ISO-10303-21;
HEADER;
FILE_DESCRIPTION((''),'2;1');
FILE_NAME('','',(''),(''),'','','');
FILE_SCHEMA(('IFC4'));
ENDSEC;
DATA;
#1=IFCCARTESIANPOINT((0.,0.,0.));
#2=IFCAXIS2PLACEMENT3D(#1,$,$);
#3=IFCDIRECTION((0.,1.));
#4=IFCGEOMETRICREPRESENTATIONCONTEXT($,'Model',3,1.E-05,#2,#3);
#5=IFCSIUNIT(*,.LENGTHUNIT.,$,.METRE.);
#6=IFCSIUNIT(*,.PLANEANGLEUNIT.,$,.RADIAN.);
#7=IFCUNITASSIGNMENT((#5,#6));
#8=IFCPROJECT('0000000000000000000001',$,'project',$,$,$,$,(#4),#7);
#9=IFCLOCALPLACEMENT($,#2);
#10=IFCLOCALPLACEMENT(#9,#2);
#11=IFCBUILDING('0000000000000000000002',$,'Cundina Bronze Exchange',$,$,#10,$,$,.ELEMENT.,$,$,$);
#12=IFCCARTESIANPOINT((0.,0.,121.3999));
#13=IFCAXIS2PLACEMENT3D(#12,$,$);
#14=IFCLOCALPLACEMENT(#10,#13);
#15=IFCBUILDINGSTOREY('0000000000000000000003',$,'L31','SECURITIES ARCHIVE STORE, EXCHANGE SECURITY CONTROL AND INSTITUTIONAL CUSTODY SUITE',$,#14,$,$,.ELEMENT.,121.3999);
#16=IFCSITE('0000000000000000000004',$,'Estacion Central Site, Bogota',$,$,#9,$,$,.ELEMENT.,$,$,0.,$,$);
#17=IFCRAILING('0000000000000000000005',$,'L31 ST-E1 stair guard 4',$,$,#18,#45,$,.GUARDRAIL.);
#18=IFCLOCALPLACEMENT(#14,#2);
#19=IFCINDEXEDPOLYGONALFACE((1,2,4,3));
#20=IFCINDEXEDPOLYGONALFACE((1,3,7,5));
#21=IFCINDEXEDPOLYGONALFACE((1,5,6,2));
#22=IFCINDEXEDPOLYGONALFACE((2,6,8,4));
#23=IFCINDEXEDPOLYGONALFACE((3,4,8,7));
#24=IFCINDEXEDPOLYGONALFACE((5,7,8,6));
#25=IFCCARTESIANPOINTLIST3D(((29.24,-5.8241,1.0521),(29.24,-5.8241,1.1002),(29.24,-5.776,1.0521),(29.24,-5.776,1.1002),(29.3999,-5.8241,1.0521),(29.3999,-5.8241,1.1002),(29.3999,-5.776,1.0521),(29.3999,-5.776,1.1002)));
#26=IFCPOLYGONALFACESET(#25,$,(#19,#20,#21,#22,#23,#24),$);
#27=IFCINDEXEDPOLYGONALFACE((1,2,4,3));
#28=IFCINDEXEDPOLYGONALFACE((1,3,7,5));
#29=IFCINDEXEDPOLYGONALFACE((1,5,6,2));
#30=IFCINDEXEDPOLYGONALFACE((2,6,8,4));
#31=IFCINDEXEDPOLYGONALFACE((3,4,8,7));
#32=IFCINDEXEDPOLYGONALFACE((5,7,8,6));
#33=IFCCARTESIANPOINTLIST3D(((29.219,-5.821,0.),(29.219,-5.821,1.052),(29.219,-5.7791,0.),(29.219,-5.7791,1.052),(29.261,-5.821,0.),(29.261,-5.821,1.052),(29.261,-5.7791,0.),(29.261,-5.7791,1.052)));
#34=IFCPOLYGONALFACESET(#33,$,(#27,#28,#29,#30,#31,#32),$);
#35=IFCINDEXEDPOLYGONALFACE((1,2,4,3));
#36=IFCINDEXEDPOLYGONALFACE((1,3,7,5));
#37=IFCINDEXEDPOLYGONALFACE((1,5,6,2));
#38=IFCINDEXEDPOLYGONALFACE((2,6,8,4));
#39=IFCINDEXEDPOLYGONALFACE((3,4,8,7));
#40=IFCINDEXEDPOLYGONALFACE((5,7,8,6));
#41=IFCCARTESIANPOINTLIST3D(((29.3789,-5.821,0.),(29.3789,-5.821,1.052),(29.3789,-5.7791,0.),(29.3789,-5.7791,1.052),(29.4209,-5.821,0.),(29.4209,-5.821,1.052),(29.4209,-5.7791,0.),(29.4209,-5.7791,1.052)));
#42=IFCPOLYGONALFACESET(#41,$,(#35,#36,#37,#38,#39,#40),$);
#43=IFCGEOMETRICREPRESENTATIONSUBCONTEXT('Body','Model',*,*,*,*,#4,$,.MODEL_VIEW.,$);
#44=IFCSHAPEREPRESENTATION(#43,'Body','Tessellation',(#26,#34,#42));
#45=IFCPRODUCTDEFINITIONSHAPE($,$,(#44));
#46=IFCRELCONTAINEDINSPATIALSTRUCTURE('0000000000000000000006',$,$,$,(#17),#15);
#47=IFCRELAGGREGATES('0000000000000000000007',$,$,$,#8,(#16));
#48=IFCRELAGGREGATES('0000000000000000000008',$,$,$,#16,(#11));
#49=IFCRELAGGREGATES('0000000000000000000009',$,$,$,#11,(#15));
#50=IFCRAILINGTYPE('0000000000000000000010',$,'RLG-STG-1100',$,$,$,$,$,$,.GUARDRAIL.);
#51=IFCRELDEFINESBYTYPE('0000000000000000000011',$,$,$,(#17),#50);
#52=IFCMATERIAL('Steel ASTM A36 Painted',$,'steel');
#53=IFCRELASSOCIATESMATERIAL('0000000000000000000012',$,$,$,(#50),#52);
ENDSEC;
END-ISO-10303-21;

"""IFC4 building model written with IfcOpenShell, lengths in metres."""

from ifc_helpers import new_model, si_unit, direction, frame, origin, origin_2d, place, context, subcontext, project, spatial, rectangle, extrude, material, type_object, element, save


model = new_model("IFC4")

# Units and contexts
model_context = context("Model", 3, precision=1e-05, world=origin(), true_north=direction((0.0, 1.0)))
body_context = subcontext(model_context, "Body", "Model", "MODEL_VIEW")
ifc_project = project(units=[si_unit("LENGTHUNIT", "METRE"), si_unit("PLANEANGLEUNIT", "RADIAN")], contexts=[model_context])

# Site, building, storey
site_placement = place(None, origin())
site = spatial("IfcSite", under=ifc_project, at=site_placement, Name="Estacion Central Site, Bogota", CompositionType="ELEMENT", RefElevation=0.0)
building_placement = place(site_placement, origin())
building = spatial("IfcBuilding", under=site, at=building_placement, Name="Cundina Bronze Exchange", CompositionType="ELEMENT")
storey_placement = place(building_placement, frame((0.0, 0.0, 121.3999)))
storey = spatial("IfcBuildingStorey", under=building, at=storey_placement, Name="L31", Description="SECURITIES ARCHIVE STORE, EXCHANGE SECURITY CONTROL AND INSTITUTIONAL CUSTODY SUITE", CompositionType="ELEMENT", Elevation=121.3999)

# Railing
ifc_material_1 = material(Name="Steel ASTM A36 Painted", Category="steel")
railing_type_1 = type_object("IfcRailingType", Name="RLG-STG-1100", PredefinedType="GUARDRAIL", material=ifc_material_1)
railing_1_placement = place(storey_placement, frame((29.24, -5.8, 0.0)))
element("IfcRailing", 1, at=railing_1_placement, inside=storey, type_object=railing_type_1, Name="L31 ST-E1 stair guard 4", PredefinedType="GUARDRAIL", context=body_context, shape_type="SweptSolid", body=[
    extrude(rectangle(XDim=0.0481, YDim=0.0481, at=origin_2d()), frame((0.0, 0.0, 1.0762), z_axis=(1.0, 0.0, 0.0), x_axis=(0.0, 1.0, 0.0)), (0.0, 0.0, 1.0), 0.1599),
    extrude(rectangle(XDim=0.042, YDim=0.042, at=origin_2d()), origin(), (0.0, 0.0, 1.0), 1.052),
    extrude(rectangle(XDim=0.042, YDim=0.042, at=origin_2d()), frame((0.1599, 0.0, 0.0)), (0.0, 0.0, 1.0), 1.052),
])

save(model, "model.ifc")
